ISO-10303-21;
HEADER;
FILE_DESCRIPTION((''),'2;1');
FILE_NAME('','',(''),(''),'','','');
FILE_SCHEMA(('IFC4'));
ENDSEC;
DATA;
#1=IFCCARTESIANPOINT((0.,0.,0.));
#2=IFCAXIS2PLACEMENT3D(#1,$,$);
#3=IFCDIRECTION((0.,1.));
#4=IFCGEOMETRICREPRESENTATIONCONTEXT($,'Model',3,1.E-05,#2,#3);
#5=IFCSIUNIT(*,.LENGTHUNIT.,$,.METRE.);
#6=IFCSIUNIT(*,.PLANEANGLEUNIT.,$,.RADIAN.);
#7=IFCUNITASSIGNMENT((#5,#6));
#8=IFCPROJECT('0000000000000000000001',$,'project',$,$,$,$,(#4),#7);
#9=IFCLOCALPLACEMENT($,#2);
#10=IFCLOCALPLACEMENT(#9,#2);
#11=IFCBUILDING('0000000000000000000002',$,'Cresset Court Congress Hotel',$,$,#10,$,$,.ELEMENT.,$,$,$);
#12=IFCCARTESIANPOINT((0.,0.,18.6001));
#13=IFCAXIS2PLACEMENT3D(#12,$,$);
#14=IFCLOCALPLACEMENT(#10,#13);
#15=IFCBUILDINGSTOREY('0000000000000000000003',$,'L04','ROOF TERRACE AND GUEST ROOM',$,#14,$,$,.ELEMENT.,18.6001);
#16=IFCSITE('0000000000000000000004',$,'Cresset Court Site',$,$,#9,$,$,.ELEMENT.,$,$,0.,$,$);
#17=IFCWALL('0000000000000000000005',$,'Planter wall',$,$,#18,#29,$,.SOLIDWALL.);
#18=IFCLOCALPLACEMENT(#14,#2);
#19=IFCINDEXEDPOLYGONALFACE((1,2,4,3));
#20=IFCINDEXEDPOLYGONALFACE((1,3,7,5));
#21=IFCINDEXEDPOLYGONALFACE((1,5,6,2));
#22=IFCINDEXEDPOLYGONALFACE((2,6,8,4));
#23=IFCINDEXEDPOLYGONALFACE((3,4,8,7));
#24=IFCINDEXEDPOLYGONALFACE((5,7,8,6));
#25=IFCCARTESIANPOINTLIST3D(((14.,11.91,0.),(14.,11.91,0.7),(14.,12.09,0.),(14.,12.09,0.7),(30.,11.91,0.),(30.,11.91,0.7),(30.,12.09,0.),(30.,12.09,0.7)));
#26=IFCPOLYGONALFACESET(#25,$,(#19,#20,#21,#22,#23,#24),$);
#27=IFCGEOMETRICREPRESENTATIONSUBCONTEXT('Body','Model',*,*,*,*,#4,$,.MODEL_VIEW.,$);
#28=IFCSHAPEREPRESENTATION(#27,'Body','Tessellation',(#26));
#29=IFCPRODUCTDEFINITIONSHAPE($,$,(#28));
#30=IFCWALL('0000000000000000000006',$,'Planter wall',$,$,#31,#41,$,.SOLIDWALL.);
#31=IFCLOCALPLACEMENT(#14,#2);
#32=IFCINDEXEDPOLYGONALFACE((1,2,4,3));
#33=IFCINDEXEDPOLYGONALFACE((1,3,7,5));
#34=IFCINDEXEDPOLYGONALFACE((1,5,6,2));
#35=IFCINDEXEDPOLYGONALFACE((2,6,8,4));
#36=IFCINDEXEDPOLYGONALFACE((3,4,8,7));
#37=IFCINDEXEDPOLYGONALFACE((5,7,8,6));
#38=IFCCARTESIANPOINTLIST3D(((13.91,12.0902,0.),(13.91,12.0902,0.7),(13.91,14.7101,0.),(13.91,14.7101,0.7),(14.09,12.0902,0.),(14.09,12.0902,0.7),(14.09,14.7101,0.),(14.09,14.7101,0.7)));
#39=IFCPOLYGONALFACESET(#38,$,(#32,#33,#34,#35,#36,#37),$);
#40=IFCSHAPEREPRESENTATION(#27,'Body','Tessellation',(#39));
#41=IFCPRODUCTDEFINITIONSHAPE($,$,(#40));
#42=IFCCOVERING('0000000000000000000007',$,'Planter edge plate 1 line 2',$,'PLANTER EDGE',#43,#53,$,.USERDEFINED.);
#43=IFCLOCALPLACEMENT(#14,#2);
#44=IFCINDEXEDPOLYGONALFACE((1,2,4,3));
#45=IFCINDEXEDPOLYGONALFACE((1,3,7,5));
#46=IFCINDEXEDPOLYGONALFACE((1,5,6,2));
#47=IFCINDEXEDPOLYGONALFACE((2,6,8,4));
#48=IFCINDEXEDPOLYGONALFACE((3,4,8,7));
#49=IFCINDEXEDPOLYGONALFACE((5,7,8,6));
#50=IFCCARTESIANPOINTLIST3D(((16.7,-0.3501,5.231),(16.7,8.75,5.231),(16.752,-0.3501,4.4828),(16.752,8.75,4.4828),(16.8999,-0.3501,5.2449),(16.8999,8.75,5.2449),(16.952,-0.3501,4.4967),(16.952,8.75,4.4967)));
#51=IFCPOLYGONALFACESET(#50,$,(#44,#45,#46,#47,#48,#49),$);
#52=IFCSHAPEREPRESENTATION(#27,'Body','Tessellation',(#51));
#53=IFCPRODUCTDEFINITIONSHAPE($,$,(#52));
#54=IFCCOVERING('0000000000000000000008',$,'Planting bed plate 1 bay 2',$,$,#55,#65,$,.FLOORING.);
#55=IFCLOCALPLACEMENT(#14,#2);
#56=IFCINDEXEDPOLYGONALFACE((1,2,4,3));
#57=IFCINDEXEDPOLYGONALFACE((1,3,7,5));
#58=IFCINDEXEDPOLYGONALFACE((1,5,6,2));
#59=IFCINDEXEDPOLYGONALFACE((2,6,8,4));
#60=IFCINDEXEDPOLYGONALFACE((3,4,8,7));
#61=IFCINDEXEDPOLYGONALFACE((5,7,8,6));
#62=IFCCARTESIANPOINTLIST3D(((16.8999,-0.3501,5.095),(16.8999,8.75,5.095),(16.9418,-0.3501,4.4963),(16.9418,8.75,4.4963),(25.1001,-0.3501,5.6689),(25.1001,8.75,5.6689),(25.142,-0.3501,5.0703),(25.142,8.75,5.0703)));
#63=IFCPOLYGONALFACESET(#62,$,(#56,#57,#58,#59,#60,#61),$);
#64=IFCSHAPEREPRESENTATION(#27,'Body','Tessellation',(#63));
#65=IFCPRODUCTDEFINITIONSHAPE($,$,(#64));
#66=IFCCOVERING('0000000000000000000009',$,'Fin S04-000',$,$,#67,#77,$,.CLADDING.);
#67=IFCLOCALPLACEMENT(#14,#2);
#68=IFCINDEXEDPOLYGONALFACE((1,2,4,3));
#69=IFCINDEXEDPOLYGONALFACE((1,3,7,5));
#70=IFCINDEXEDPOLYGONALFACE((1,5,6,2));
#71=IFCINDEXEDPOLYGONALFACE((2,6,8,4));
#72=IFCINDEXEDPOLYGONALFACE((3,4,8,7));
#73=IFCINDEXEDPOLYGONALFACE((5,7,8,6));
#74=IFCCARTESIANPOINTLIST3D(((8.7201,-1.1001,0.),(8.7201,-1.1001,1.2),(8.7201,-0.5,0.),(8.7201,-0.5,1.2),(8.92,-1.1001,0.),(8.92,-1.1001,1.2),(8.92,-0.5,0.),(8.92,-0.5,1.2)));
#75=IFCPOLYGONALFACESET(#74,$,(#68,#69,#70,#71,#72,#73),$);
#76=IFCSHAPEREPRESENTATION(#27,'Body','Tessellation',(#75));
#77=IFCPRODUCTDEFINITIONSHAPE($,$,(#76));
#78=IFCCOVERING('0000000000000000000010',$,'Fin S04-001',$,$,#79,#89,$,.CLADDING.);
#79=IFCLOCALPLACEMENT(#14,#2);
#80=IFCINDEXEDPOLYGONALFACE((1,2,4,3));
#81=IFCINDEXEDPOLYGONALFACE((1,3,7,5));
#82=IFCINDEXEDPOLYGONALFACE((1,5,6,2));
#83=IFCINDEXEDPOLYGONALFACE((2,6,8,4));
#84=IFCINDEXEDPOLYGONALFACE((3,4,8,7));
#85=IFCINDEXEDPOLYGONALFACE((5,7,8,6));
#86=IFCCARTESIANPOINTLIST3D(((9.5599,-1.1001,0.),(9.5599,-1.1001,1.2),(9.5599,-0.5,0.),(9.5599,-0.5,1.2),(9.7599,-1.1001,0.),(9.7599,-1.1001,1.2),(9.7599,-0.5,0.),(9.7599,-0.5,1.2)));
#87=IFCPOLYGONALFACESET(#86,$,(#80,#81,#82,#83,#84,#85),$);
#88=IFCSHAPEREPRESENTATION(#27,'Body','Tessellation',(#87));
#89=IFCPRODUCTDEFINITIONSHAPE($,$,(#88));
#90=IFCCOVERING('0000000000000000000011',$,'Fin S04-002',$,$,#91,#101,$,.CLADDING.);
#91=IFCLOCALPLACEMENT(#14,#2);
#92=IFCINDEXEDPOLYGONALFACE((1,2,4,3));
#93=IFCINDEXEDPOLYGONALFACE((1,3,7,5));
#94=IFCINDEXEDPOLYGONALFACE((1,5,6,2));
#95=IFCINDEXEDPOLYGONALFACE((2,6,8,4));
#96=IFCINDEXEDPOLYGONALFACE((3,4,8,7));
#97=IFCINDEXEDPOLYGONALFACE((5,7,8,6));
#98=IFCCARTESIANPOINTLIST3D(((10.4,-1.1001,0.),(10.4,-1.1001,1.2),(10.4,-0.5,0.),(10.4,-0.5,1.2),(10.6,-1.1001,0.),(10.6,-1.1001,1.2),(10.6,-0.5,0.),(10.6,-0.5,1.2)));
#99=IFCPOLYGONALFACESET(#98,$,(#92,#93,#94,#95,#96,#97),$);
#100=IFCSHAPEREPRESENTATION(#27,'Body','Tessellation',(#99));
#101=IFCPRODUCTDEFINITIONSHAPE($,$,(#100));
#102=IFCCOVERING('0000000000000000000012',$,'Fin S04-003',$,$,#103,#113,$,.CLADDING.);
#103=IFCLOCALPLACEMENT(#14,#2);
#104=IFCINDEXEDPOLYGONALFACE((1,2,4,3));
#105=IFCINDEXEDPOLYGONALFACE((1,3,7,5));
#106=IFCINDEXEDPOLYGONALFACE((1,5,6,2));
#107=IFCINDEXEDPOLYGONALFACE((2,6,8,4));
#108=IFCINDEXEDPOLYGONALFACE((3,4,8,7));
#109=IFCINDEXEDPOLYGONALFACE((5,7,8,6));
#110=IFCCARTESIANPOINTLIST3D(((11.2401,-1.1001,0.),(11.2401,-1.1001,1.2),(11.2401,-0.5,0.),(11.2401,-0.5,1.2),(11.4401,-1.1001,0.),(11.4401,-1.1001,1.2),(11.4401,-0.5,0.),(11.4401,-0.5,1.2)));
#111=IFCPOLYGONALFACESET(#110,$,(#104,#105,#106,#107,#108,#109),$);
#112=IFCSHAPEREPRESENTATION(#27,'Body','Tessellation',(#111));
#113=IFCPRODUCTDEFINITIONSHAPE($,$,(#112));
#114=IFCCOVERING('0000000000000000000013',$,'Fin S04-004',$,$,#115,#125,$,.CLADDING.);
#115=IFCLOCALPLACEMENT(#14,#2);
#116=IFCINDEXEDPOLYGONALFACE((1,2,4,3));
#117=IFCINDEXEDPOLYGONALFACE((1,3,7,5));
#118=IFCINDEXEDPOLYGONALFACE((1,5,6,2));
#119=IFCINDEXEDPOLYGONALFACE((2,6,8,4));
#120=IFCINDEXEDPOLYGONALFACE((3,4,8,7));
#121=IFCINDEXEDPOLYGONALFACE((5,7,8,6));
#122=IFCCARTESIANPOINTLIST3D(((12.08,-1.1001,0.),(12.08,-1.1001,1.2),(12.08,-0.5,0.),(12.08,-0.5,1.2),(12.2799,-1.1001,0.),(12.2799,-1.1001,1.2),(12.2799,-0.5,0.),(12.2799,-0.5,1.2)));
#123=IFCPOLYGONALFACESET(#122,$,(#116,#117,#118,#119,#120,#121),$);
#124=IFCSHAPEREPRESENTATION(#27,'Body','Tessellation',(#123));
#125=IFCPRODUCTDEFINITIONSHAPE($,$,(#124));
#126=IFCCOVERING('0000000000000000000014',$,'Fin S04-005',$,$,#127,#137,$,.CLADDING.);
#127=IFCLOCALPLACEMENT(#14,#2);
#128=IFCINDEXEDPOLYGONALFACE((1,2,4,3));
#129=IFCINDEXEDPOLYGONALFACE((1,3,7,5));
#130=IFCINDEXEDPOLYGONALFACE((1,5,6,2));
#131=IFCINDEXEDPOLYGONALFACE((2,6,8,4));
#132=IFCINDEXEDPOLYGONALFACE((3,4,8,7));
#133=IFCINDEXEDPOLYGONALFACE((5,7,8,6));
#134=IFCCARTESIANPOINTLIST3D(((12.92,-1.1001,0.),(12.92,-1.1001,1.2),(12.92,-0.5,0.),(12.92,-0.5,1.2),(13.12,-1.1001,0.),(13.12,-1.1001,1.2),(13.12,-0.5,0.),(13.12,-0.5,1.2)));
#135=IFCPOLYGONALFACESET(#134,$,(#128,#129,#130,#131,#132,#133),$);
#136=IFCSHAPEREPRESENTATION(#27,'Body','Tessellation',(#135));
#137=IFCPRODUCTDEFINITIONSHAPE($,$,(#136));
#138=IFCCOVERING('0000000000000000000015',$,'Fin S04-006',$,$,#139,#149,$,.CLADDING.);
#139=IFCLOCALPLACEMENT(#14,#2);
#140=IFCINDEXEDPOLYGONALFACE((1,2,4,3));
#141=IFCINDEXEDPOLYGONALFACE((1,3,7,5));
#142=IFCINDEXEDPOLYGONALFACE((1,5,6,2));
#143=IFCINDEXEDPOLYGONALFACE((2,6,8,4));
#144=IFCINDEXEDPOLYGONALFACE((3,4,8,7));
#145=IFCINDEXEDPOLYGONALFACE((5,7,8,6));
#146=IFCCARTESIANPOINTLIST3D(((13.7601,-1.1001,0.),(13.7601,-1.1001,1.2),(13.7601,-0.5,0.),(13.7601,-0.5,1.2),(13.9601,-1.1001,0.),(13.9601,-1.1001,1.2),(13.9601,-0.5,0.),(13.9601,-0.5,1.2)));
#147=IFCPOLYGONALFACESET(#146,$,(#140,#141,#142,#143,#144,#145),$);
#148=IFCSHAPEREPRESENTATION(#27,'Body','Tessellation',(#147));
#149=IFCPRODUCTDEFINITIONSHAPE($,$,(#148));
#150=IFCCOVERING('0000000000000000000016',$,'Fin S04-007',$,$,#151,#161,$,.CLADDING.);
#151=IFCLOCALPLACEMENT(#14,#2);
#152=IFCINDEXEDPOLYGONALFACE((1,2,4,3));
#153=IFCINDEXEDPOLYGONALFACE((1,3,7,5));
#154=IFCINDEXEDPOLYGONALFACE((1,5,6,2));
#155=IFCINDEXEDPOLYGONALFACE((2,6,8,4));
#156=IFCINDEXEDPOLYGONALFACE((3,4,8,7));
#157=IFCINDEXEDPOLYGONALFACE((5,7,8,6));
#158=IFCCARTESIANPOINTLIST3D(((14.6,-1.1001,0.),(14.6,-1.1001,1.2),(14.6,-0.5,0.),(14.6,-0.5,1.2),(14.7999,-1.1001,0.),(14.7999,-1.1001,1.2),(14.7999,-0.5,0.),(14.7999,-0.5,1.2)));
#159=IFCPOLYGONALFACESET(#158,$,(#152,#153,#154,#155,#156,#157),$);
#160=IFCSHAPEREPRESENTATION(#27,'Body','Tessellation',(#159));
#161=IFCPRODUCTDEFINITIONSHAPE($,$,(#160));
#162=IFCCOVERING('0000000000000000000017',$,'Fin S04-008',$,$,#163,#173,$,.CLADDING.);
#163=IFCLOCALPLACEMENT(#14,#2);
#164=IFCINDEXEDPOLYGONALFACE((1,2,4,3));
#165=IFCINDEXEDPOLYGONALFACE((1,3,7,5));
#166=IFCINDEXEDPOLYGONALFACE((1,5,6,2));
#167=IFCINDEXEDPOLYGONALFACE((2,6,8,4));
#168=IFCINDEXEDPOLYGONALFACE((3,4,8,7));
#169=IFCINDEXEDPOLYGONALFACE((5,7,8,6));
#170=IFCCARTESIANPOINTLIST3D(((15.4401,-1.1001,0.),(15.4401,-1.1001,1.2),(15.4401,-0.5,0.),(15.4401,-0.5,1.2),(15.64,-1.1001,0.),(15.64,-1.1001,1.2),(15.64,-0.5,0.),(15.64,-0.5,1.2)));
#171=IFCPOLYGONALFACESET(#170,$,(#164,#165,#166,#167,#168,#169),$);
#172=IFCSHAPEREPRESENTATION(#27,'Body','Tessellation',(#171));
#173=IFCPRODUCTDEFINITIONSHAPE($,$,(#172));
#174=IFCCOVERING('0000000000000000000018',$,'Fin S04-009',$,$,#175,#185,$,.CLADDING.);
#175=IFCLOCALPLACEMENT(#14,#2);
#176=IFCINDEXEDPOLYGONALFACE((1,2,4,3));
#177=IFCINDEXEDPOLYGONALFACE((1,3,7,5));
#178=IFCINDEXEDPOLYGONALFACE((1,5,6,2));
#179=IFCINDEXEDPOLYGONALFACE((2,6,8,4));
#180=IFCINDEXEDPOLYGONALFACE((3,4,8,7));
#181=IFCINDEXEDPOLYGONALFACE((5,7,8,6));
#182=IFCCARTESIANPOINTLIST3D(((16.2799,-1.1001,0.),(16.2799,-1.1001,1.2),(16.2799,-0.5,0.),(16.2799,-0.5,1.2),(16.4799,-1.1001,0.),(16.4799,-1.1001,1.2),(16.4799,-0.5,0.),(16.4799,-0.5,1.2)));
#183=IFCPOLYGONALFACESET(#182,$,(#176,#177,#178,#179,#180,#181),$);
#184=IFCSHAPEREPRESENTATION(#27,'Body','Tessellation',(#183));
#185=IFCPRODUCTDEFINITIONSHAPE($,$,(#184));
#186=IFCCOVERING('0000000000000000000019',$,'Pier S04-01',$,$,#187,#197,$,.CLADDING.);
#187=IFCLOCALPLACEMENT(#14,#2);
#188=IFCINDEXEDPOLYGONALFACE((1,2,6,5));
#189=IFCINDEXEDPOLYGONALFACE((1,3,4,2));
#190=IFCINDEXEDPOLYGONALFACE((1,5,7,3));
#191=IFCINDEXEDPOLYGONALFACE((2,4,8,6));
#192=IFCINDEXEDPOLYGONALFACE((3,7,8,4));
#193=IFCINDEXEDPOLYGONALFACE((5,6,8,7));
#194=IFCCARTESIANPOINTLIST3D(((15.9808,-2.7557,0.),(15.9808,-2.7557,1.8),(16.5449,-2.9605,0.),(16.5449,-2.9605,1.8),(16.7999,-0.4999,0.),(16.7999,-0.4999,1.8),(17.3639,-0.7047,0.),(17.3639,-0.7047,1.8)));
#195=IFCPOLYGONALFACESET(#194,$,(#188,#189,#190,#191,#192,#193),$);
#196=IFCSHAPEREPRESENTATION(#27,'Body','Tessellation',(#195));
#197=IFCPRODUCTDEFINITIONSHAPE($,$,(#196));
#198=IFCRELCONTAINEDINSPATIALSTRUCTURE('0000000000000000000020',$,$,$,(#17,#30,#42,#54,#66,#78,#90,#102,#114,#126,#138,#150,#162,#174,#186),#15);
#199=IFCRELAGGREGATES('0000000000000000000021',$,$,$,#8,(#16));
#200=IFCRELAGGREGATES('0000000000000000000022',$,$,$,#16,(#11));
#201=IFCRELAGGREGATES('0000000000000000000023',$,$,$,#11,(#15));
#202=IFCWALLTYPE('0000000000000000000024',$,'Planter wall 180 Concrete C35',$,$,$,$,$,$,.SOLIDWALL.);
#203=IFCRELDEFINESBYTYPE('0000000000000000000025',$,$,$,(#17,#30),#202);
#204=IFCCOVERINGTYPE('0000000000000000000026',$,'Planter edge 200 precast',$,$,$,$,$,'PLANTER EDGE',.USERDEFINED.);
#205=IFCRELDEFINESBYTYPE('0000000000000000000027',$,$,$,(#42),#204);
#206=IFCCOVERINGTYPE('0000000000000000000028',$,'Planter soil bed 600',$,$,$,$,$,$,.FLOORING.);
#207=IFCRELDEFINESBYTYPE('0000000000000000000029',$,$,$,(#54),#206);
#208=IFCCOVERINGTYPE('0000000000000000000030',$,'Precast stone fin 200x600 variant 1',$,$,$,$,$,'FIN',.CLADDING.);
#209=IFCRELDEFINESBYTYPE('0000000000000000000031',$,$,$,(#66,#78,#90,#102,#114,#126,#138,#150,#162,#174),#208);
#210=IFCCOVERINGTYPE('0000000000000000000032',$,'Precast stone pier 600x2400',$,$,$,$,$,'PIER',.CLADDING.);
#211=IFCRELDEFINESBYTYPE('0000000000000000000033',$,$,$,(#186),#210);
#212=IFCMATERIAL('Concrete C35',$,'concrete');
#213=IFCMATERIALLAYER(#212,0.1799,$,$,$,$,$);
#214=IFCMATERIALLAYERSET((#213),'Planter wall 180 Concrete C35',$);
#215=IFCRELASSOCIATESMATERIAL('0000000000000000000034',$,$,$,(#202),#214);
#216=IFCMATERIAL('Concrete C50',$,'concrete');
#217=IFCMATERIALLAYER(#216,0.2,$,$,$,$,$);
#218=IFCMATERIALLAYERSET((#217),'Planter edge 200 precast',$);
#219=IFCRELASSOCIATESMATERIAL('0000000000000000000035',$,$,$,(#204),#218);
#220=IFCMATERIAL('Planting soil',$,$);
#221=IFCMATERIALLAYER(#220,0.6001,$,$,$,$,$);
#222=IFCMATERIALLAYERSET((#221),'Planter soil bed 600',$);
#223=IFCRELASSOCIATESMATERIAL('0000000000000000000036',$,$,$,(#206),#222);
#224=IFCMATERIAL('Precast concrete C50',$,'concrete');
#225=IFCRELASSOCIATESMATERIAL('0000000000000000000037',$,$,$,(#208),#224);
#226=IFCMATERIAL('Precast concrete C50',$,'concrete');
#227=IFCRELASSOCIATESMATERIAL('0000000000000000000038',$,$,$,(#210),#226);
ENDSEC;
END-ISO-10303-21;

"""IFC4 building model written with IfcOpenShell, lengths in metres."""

from ifc_helpers import new_model, si_unit, direction, frame, frame_2d, origin, origin_2d, place, context, subcontext, project, spatial, polyline, rectangle, outline, extrude, material, layer, layer_set, type_object, element, save


model = new_model("IFC4")

# Units and contexts
model_context = context("Model", 3, precision=1e-05, world=origin(), true_north=direction((0.0, 1.0)))
body_context = subcontext(model_context, "Body", "Model", "MODEL_VIEW")
ifc_project = project(units=[si_unit("LENGTHUNIT", "METRE"), si_unit("PLANEANGLEUNIT", "RADIAN")], contexts=[model_context])

# Site, building, storey
site_placement = place(None, origin())
site = spatial("IfcSite", under=ifc_project, at=site_placement, Name="Cresset Court Site", CompositionType="ELEMENT", RefElevation=0.0)
building_placement = place(site_placement, origin())
building = spatial("IfcBuilding", under=site, at=building_placement, Name="Cresset Court Congress Hotel", CompositionType="ELEMENT")
storey_placement = place(building_placement, frame((0.0, 0.0, 18.6001)))
storey = spatial("IfcBuildingStorey", under=building, at=storey_placement, Name="L04", Description="ROOF TERRACE AND GUEST ROOM", CompositionType="ELEMENT", Elevation=18.6001)

# Walls
ifc_material_1 = material(Name="Concrete C35", Category="concrete")
ifc_layer_1 = layer(ifc_material_1, 0.1799)
ifc_layer_set_1 = layer_set([ifc_layer_1], Name="Planter wall 180 Concrete C35")
wall_type = type_object("IfcWallType", Name="Planter wall 180 Concrete C35", PredefinedType="SOLIDWALL", material=ifc_layer_set_1)
wall_1_placement = place(storey_placement, frame((14.0, 12.0, 0.0), z_axis=(0.0, 0.0, 1.0), x_axis=(1.0, 0.0, 0.0)))
element("IfcWall", 1, at=wall_1_placement, inside=storey, type_object=wall_type, Name="Planter wall", PredefinedType="SOLIDWALL", context=body_context, shape_type="SweptSolid", body=[
    extrude(rectangle(XDim=16.0, YDim=0.1799, at=frame_2d((8.0, 0.0))), origin(), (0.0, 0.0, 1.0), 0.7),
])
wall_2_placement = place(storey_placement, frame((14.0, 12.0901, 0.0), z_axis=(0.0, 0.0, 1.0), x_axis=(0.0, 1.0, 0.0)))
element("IfcWall", 2, at=wall_2_placement, inside=storey, type_object=wall_type, Name="Planter wall", PredefinedType="SOLIDWALL", context=body_context, shape_type="SweptSolid", body=[
    extrude(rectangle(XDim=2.6199, YDim=0.1799, at=frame_2d((1.3101, 0.0))), origin(), (0.0, 0.0, 1.0), 0.7),
])

# Coverings
ifc_material_2 = material(Name="Concrete C50", Category="concrete")
ifc_layer_2 = layer(ifc_material_2, 0.2)
ifc_layer_set_2 = layer_set([ifc_layer_2], Name="Planter edge 200 precast")
covering_type_1 = type_object("IfcCoveringType", Name="Planter edge 200 precast", ElementType="PLANTER EDGE", PredefinedType="USERDEFINED", material=ifc_layer_set_2)
covering_1_placement = place(storey_placement, frame((16.7, -0.3501, 5.231), z_axis=(-0.069429, 0.0, 0.997587), x_axis=(0.997587, 0.0, 0.069429)))
element("IfcCovering", 3, at=covering_1_placement, inside=storey, type_object=covering_type_1, Name="Planter edge plate 1 line 2", ObjectType="PLANTER EDGE", PredefinedType="USERDEFINED", context=body_context, shape_type="SweptSolid", body=[
    extrude(outline(polyline([(0.0, 0.0), (0.2004, 0.0), (0.2004, 9.1001), (0.0, 9.1001), (0.0, 0.0)])), origin(), (0.0, 0.0, -1.0), 0.75),
])
ifc_material_3 = material(Name="Planting soil")
ifc_layer_3 = layer(ifc_material_3, 0.6001)
ifc_layer_set_3 = layer_set([ifc_layer_3], Name="Planter soil bed 600")
covering_type_2 = type_object("IfcCoveringType", Name="Planter soil bed 600", PredefinedType="FLOORING", material=ifc_layer_set_3)
covering_2_placement = place(storey_placement, frame((16.8999, -0.3501, 5.095), z_axis=(-0.069824, 0.0, 0.997559), x_axis=(0.997559, 0.0, 0.069824)))
element("IfcCovering", 4, at=covering_2_placement, inside=storey, type_object=covering_type_2, Name="Planting bed plate 1 bay 2", PredefinedType="FLOORING", context=body_context, shape_type="SweptSolid", body=[
    extrude(outline(polyline([(0.0, 0.0), (8.2203, 0.0), (8.2203, 9.1001), (0.0, 9.1001), (0.0, 0.0)])), origin(), (0.0, 0.0, -1.0), 0.6001),
])
ifc_material_4 = material(Name="Precast concrete C50", Category="concrete")
covering_type_3 = type_object("IfcCoveringType", Name="Precast stone fin 200x600 variant 1", ElementType="FIN", PredefinedType="CLADDING", material=ifc_material_4)
for number, where, z_axis, x_axis, name in (
    (5, (8.8201, -0.8, 0.0), (0.0, 0.0, 1.0), (1.0, 0.0, 0.0), "Fin S04-000"),
    (6, (9.6599, -0.8, 0.0), (0.0, 0.0, 1.0), (1.0, 0.0, 0.0), "Fin S04-001"),
    (7, (10.5, -0.8, 0.0), (0.0, 0.0, 1.0), (1.0, 0.0, 0.0), "Fin S04-002"),
    (8, (11.3401, -0.8, 0.0), (0.0, 0.0, 1.0), (1.0, 0.0, 0.0), "Fin S04-003"),
    (9, (12.1799, -0.8, 0.0), (0.0, 0.0, 1.0), (1.0, 0.0, 0.0), "Fin S04-004"),
    (10, (13.02, -0.8, 0.0), (0.0, 0.0, 1.0), (1.0, 0.0, 0.0), "Fin S04-005"),
    (11, (13.8601, -0.8, 0.0), (0.0, 0.0, 1.0), (1.0, 0.0, 0.0), "Fin S04-006"),
    (12, (14.7, -0.8, 0.0), (0.0, 0.0, 1.0), (1.0, 0.0, 0.0), "Fin S04-007"),
    (13, (15.54, -0.8, 0.0), (0.0, 0.0, 1.0), (1.0, 0.0, 0.0), "Fin S04-008"),
    (14, (16.3799, -0.8, 0.0), (0.0, 0.0, 1.0), (1.0, 0.0, 0.0), "Fin S04-009"),
):
    element("IfcCovering", number, at=place(storey_placement, frame(where, z_axis=z_axis, x_axis=x_axis)), inside=storey, type_object=covering_type_3, Name=name, PredefinedType="CLADDING", context=body_context, shape_type="SweptSolid", body=[
        extrude(rectangle(XDim=0.2, YDim=0.6001, at=origin_2d()), origin(), (0.0, 0.0, 1.0), 1.2),
    ])
ifc_material_5 = material(Name="Precast concrete C50", Category="concrete")
covering_type_4 = type_object("IfcCoveringType", Name="Precast stone pier 600x2400", ElementType="PIER", PredefinedType="CLADDING", material=ifc_material_5)
covering_3_placement = place(storey_placement, frame((16.6724, -1.7302, 0.0), z_axis=(0.0, 0.0, 1.0), x_axis=(0.939957, -0.341293, 0.0)))
element("IfcCovering", 15, at=covering_3_placement, inside=storey, type_object=covering_type_4, Name="Pier S04-01", PredefinedType="CLADDING", context=body_context, shape_type="SweptSolid", body=[
    extrude(rectangle(XDim=0.6001, YDim=2.3999, at=origin_2d()), origin(), (0.0, 0.0, 1.0), 1.8),
])

save(model, "model.ifc")
